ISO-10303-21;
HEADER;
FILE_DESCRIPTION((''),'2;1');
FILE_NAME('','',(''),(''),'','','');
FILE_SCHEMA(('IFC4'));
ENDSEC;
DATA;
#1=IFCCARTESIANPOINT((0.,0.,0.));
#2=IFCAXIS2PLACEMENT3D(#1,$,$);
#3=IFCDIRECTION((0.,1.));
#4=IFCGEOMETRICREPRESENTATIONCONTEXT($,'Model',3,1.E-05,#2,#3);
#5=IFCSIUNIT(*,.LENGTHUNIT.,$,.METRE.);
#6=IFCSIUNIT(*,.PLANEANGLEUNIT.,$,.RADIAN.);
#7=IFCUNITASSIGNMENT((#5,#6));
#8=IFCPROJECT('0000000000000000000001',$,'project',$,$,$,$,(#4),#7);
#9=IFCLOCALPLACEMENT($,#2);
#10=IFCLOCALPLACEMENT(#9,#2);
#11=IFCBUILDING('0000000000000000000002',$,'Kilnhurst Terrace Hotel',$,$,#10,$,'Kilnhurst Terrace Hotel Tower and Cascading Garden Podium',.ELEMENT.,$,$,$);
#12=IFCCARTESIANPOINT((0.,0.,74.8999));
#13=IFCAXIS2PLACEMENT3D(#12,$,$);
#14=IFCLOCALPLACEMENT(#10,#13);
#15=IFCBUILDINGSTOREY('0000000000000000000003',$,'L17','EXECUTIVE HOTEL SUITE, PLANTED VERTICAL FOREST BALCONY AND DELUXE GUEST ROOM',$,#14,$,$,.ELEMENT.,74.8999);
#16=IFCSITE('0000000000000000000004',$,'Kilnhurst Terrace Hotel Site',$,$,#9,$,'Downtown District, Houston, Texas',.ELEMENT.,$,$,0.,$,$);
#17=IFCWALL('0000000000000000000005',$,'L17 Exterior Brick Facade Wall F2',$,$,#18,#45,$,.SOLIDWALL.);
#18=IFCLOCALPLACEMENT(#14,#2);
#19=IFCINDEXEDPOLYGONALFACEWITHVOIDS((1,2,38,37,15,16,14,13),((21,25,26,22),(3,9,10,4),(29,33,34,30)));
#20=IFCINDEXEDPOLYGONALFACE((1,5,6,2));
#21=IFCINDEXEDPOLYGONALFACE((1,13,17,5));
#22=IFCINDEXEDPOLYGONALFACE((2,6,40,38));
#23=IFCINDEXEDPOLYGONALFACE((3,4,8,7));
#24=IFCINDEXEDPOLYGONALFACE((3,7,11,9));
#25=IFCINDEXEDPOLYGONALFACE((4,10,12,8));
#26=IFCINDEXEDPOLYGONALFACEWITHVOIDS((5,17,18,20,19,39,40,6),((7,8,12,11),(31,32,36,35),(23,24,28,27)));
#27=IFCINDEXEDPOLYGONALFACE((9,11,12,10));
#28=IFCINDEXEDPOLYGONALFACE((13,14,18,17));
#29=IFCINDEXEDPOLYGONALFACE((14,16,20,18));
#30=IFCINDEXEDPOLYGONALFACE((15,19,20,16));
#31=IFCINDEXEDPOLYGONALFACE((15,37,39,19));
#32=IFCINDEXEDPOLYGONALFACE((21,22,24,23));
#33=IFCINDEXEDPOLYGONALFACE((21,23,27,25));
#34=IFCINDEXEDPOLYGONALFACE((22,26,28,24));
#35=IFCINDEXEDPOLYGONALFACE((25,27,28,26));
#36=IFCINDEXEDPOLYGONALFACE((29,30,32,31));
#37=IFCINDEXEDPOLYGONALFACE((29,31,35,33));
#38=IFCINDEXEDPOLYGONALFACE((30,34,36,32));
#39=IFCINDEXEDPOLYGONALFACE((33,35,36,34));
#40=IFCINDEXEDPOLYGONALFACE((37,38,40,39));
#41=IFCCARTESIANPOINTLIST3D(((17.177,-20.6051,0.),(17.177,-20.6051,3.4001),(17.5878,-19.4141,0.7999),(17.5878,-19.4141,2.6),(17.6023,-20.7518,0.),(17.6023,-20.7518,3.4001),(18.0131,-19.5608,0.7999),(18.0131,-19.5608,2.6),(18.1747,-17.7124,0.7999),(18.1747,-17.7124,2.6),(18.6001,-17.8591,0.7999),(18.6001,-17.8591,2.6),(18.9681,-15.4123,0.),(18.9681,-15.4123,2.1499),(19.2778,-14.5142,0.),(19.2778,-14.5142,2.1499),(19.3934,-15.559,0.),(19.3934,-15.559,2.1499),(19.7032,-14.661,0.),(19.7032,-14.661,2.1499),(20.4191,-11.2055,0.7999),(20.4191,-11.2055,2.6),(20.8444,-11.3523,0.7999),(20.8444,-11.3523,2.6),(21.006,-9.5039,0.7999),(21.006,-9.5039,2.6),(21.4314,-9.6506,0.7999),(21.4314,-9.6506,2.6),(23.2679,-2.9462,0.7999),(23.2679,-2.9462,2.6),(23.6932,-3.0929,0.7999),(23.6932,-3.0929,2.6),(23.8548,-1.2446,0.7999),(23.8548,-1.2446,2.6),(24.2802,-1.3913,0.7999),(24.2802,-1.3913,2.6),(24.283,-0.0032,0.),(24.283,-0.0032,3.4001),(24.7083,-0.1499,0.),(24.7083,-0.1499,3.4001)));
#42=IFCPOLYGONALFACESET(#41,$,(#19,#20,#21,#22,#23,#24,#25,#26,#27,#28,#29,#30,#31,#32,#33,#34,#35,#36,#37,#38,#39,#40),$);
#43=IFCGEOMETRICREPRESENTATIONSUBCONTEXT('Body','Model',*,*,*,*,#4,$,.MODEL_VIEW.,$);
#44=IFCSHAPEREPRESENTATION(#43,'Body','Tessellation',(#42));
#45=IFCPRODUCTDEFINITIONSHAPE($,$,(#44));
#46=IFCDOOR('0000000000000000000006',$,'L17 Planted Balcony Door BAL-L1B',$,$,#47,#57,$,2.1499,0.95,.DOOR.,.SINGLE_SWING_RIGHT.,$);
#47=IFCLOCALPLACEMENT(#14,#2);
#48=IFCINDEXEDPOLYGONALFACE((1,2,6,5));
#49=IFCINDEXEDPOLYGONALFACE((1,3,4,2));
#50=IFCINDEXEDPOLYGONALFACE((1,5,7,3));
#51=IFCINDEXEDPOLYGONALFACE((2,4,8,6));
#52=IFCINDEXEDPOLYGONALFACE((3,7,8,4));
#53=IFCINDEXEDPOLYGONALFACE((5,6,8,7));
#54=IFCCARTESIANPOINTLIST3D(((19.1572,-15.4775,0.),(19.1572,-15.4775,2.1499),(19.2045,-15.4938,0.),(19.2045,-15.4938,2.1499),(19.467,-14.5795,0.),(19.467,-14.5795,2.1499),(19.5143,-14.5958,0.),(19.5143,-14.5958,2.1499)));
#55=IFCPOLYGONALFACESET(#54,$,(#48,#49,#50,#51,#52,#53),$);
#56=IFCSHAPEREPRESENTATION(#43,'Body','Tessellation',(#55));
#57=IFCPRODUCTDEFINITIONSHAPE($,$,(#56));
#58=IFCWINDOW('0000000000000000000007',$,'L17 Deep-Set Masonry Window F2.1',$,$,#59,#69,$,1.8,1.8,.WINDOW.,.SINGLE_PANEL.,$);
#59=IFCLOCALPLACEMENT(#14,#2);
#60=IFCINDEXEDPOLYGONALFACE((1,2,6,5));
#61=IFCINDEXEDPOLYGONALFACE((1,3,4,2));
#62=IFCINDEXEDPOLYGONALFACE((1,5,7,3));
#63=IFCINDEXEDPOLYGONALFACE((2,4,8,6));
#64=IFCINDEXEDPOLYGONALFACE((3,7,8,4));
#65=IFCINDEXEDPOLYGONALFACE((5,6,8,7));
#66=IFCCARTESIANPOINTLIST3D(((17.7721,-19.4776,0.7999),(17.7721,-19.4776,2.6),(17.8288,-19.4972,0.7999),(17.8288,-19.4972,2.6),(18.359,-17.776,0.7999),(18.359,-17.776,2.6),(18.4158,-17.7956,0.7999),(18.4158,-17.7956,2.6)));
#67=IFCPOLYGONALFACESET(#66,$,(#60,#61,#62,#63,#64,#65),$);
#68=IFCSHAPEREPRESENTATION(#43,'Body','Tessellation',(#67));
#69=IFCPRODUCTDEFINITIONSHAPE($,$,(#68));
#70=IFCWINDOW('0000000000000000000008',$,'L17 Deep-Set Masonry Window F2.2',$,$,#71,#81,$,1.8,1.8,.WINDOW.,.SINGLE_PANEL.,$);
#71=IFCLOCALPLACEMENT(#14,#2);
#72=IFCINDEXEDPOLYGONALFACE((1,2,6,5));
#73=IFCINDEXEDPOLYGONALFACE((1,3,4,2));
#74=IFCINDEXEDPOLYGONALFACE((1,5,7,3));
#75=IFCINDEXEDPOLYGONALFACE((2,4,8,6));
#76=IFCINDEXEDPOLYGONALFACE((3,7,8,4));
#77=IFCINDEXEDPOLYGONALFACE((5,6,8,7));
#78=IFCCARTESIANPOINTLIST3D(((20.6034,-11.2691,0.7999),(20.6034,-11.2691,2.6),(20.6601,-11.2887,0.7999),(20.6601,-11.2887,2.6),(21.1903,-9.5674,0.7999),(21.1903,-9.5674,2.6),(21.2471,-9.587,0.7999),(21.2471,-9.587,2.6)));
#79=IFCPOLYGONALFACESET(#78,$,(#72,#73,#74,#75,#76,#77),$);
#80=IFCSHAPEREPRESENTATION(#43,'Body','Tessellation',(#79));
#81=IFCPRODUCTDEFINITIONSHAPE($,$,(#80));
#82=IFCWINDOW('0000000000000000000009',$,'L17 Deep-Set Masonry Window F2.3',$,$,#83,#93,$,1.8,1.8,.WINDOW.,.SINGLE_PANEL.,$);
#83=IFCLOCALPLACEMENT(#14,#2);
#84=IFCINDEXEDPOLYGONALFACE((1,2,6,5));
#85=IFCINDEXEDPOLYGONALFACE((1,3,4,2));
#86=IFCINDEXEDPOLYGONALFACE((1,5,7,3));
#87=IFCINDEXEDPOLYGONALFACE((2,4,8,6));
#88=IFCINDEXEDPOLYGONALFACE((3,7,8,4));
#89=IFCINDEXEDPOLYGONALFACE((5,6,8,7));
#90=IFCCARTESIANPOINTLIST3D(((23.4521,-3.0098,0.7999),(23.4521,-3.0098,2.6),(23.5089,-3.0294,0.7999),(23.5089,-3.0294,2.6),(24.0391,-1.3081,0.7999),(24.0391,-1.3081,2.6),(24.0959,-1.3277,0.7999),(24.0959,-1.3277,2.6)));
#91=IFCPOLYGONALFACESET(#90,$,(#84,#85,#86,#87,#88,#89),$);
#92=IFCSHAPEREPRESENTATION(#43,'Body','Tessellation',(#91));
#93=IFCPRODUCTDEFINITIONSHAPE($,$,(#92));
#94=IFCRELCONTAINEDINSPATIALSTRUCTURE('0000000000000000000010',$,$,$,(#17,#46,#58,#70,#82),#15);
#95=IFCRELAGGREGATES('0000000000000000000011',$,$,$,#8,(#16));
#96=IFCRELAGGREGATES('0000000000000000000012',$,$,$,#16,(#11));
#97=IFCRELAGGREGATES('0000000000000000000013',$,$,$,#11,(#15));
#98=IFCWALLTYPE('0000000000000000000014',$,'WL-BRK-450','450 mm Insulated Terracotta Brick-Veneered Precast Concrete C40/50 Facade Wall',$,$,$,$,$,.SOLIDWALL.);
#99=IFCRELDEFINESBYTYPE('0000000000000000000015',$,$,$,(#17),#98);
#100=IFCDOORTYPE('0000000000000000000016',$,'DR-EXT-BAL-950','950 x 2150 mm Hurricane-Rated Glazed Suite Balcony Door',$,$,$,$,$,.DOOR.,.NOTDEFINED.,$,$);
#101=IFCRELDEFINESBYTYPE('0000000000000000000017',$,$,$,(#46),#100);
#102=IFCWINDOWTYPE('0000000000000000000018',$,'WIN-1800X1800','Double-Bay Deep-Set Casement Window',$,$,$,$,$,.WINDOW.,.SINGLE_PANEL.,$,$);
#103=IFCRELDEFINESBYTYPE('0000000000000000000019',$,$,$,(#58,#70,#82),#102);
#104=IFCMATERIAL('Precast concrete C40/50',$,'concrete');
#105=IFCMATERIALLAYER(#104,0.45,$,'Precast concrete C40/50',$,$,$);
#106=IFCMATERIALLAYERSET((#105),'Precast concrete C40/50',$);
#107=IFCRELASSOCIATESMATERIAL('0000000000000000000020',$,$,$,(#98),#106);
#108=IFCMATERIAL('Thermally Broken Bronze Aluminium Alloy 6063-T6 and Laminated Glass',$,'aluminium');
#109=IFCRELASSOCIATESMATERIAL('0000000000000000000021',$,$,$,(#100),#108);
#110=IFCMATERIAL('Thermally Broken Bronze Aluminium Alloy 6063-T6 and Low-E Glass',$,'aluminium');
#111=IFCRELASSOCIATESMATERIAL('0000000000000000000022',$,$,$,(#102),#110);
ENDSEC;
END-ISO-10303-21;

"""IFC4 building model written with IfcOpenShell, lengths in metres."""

from ifc_helpers import new_model, si_unit, direction, frame, frame_2d, origin, place, context, subcontext, project, spatial, rectangle, extrude, material, layer, layer_set, type_object, element, fill, save


model = new_model("IFC4")

# Units and contexts
model_context = context("Model", 3, precision=1e-05, world=origin(), true_north=direction((0.0, 1.0)))
body_context = subcontext(model_context, "Body", "Model", "MODEL_VIEW")
ifc_project = project(units=[si_unit("LENGTHUNIT", "METRE"), si_unit("PLANEANGLEUNIT", "RADIAN")], contexts=[model_context])

# Site, building, storey
site_placement = place(None, origin())
site = spatial("IfcSite", under=ifc_project, at=site_placement, Name="Kilnhurst Terrace Hotel Site", LongName="Downtown District, Houston, Texas", CompositionType="ELEMENT", RefElevation=0.0)
building_placement = place(site_placement, origin())
building = spatial("IfcBuilding", under=site, at=building_placement, Name="Kilnhurst Terrace Hotel", LongName="Kilnhurst Terrace Hotel Tower and Cascading Garden Podium", CompositionType="ELEMENT")
storey_placement = place(building_placement, frame((0.0, 0.0, 74.8999)))
storey = spatial("IfcBuildingStorey", under=building, at=storey_placement, Name="L17", Description="EXECUTIVE HOTEL SUITE, PLANTED VERTICAL FOREST BALCONY AND DELUXE GUEST ROOM", CompositionType="ELEMENT", Elevation=74.8999)

# Shared definitions
ifc_material_1 = material(Name="Precast concrete C40/50", Category="concrete")
ifc_layer_1 = layer(ifc_material_1, 0.45, Name="Precast concrete C40/50")
ifc_layer_set_1 = layer_set([ifc_layer_1], Name="Precast concrete C40/50")
wall_type_1 = type_object("IfcWallType", Name="WL-BRK-450", Description="450 mm Insulated Terracotta Brick-Veneered Precast Concrete C40/50 Facade Wall", PredefinedType="SOLIDWALL", material=ifc_layer_set_1)

# Wall, openings, door, windows
wall_1_placement = place(storey_placement, frame((17.3896, -20.6785, 0.0), z_axis=(0.0, 0.0, 1.0), x_axis=(0.326068, 0.945346, 0.0)))
wall_1 = element("IfcWall", 1, at=wall_1_placement, inside=storey, type_object=wall_type_1, Name="L17 Exterior Brick Facade Wall F2", PredefinedType="SOLIDWALL", context=body_context, shape_type="SweptSolid", body=[
    extrude(rectangle(XDim=21.793, YDim=0.45, at=frame_2d((10.8965, 0.0))), origin(), (0.0, 0.0, 1.0), 3.4001),
])
opening_1_placement = place(wall_1_placement, frame((5.4929, 0.0, 0.0)))
opening_1 = element("IfcOpeningElement", 2, at=opening_1_placement, cuts=wall_1, PredefinedType="OPENING", context=body_context, shape_type="SweptSolid", body=[
    extrude(rectangle(XDim=0.95, YDim=2.1499, at=frame_2d((0.4751, 1.075))), frame((0.0, 0.2349, 0.0), z_axis=(0.0, -1.0, 0.0), x_axis=(1.0, 0.0, 0.0)), (0.0, 0.0, 1.0), 0.47),
])
opening_2_placement = place(wall_1_placement, frame((1.26, 0.0, 0.8)))
opening_2 = element("IfcOpeningElement", 3, at=opening_2_placement, cuts=wall_1, PredefinedType="OPENING", context=body_context, shape_type="SweptSolid", body=[
    extrude(rectangle(XDim=1.8, YDim=1.8, at=frame_2d((0.8999, 0.8999))), frame((0.0, 0.2349, 0.0), z_axis=(0.0, -1.0, 0.0), x_axis=(1.0, 0.0, 0.0)), (0.0, 0.0, 1.0), 0.47),
])
opening_3_placement = place(wall_1_placement, frame((9.9431, 0.0, 0.8)))
opening_3 = element("IfcOpeningElement", 4, at=opening_3_placement, cuts=wall_1, PredefinedType="OPENING", context=body_context, shape_type="SweptSolid", body=[
    extrude(rectangle(XDim=1.8, YDim=1.8, at=frame_2d((0.8999, 0.8999))), frame((0.0, 0.2349, 0.0), z_axis=(0.0, -1.0, 0.0), x_axis=(1.0, 0.0, 0.0)), (0.0, 0.0, 1.0), 0.47),
])
opening_4_placement = place(wall_1_placement, frame((18.6799, 0.0, 0.8)))
opening_4 = element("IfcOpeningElement", 5, at=opening_4_placement, cuts=wall_1, PredefinedType="OPENING", context=body_context, shape_type="SweptSolid", body=[
    extrude(rectangle(XDim=1.8, YDim=1.8, at=frame_2d((0.8999, 0.8999))), frame((0.0, 0.2349, 0.0), z_axis=(0.0, -1.0, 0.0), x_axis=(1.0, 0.0, 0.0)), (0.0, 0.0, 1.0), 0.47),
])
ifc_material_2 = material(Name="Thermally Broken Bronze Aluminium Alloy 6063-T6 and Laminated Glass", Category="aluminium")
door_type_1 = type_object("IfcDoorType", Name="DR-EXT-BAL-950", Description="950 x 2150 mm Hurricane-Rated Glazed Suite Balcony Door", OperationType="NOTDEFINED", PredefinedType="DOOR", material=ifc_material_2)
door_1_placement = place(opening_1_placement, origin())
door_1 = element("IfcDoor", 6, at=door_1_placement, inside=storey, type_object=door_type_1, Name="L17 Planted Balcony Door BAL-L1B", OperationType="SINGLE_SWING_RIGHT", OverallHeight=2.1499, OverallWidth=0.95, PredefinedType="DOOR", context=body_context, shape_type="SweptSolid", body=[
    extrude(rectangle(XDim=0.95, YDim=2.1499, at=frame_2d((0.4751, 1.075))), frame((0.0, 0.0249, 0.0), z_axis=(0.0, -1.0, 0.0), x_axis=(1.0, 0.0, 0.0)), (0.0, 0.0, 1.0), 0.05),
])
fill(opening_1, door_1)
ifc_material_3 = material(Name="Thermally Broken Bronze Aluminium Alloy 6063-T6 and Low-E Glass", Category="aluminium")
window_type = type_object("IfcWindowType", Name="WIN-1800X1800", Description="Double-Bay Deep-Set Casement Window", PartitioningType="SINGLE_PANEL", PredefinedType="WINDOW", material=ifc_material_3)
window_1_placement = place(opening_2_placement, origin())
window_1 = element("IfcWindow", 7, at=window_1_placement, inside=storey, type_object=window_type, Name="L17 Deep-Set Masonry Window F2.1", OverallHeight=1.8, OverallWidth=1.8, PartitioningType="SINGLE_PANEL", PredefinedType="WINDOW", context=body_context, shape_type="SweptSolid", body=[
    extrude(rectangle(XDim=1.8, YDim=1.8, at=frame_2d((0.8999, 0.8999))), frame((0.0, 0.03, 0.0), z_axis=(0.0, -1.0, 0.0), x_axis=(1.0, 0.0, 0.0)), (0.0, 0.0, 1.0), 0.0601),
])
fill(opening_2, window_1)
window_2_placement = place(opening_3_placement, origin())
window_2 = element("IfcWindow", 8, at=window_2_placement, inside=storey, type_object=window_type, Name="L17 Deep-Set Masonry Window F2.2", OverallHeight=1.8, OverallWidth=1.8, PartitioningType="SINGLE_PANEL", PredefinedType="WINDOW", context=body_context, shape_type="SweptSolid", body=[
    extrude(rectangle(XDim=1.8, YDim=1.8, at=frame_2d((0.8999, 0.8999))), frame((0.0, 0.03, 0.0), z_axis=(0.0, -1.0, 0.0), x_axis=(1.0, 0.0, 0.0)), (0.0, 0.0, 1.0), 0.0601),
])
fill(opening_3, window_2)
window_3_placement = place(opening_4_placement, origin())
window_3 = element("IfcWindow", 9, at=window_3_placement, inside=storey, type_object=window_type, Name="L17 Deep-Set Masonry Window F2.3", OverallHeight=1.8, OverallWidth=1.8, PartitioningType="SINGLE_PANEL", PredefinedType="WINDOW", context=body_context, shape_type="SweptSolid", body=[
    extrude(rectangle(XDim=1.8, YDim=1.8, at=frame_2d((0.8999, 0.8999))), frame((0.0, 0.03, 0.0), z_axis=(0.0, -1.0, 0.0), x_axis=(1.0, 0.0, 0.0)), (0.0, 0.0, 1.0), 0.0601),
])
fill(opening_4, window_3)

save(model, "model.ifc")
